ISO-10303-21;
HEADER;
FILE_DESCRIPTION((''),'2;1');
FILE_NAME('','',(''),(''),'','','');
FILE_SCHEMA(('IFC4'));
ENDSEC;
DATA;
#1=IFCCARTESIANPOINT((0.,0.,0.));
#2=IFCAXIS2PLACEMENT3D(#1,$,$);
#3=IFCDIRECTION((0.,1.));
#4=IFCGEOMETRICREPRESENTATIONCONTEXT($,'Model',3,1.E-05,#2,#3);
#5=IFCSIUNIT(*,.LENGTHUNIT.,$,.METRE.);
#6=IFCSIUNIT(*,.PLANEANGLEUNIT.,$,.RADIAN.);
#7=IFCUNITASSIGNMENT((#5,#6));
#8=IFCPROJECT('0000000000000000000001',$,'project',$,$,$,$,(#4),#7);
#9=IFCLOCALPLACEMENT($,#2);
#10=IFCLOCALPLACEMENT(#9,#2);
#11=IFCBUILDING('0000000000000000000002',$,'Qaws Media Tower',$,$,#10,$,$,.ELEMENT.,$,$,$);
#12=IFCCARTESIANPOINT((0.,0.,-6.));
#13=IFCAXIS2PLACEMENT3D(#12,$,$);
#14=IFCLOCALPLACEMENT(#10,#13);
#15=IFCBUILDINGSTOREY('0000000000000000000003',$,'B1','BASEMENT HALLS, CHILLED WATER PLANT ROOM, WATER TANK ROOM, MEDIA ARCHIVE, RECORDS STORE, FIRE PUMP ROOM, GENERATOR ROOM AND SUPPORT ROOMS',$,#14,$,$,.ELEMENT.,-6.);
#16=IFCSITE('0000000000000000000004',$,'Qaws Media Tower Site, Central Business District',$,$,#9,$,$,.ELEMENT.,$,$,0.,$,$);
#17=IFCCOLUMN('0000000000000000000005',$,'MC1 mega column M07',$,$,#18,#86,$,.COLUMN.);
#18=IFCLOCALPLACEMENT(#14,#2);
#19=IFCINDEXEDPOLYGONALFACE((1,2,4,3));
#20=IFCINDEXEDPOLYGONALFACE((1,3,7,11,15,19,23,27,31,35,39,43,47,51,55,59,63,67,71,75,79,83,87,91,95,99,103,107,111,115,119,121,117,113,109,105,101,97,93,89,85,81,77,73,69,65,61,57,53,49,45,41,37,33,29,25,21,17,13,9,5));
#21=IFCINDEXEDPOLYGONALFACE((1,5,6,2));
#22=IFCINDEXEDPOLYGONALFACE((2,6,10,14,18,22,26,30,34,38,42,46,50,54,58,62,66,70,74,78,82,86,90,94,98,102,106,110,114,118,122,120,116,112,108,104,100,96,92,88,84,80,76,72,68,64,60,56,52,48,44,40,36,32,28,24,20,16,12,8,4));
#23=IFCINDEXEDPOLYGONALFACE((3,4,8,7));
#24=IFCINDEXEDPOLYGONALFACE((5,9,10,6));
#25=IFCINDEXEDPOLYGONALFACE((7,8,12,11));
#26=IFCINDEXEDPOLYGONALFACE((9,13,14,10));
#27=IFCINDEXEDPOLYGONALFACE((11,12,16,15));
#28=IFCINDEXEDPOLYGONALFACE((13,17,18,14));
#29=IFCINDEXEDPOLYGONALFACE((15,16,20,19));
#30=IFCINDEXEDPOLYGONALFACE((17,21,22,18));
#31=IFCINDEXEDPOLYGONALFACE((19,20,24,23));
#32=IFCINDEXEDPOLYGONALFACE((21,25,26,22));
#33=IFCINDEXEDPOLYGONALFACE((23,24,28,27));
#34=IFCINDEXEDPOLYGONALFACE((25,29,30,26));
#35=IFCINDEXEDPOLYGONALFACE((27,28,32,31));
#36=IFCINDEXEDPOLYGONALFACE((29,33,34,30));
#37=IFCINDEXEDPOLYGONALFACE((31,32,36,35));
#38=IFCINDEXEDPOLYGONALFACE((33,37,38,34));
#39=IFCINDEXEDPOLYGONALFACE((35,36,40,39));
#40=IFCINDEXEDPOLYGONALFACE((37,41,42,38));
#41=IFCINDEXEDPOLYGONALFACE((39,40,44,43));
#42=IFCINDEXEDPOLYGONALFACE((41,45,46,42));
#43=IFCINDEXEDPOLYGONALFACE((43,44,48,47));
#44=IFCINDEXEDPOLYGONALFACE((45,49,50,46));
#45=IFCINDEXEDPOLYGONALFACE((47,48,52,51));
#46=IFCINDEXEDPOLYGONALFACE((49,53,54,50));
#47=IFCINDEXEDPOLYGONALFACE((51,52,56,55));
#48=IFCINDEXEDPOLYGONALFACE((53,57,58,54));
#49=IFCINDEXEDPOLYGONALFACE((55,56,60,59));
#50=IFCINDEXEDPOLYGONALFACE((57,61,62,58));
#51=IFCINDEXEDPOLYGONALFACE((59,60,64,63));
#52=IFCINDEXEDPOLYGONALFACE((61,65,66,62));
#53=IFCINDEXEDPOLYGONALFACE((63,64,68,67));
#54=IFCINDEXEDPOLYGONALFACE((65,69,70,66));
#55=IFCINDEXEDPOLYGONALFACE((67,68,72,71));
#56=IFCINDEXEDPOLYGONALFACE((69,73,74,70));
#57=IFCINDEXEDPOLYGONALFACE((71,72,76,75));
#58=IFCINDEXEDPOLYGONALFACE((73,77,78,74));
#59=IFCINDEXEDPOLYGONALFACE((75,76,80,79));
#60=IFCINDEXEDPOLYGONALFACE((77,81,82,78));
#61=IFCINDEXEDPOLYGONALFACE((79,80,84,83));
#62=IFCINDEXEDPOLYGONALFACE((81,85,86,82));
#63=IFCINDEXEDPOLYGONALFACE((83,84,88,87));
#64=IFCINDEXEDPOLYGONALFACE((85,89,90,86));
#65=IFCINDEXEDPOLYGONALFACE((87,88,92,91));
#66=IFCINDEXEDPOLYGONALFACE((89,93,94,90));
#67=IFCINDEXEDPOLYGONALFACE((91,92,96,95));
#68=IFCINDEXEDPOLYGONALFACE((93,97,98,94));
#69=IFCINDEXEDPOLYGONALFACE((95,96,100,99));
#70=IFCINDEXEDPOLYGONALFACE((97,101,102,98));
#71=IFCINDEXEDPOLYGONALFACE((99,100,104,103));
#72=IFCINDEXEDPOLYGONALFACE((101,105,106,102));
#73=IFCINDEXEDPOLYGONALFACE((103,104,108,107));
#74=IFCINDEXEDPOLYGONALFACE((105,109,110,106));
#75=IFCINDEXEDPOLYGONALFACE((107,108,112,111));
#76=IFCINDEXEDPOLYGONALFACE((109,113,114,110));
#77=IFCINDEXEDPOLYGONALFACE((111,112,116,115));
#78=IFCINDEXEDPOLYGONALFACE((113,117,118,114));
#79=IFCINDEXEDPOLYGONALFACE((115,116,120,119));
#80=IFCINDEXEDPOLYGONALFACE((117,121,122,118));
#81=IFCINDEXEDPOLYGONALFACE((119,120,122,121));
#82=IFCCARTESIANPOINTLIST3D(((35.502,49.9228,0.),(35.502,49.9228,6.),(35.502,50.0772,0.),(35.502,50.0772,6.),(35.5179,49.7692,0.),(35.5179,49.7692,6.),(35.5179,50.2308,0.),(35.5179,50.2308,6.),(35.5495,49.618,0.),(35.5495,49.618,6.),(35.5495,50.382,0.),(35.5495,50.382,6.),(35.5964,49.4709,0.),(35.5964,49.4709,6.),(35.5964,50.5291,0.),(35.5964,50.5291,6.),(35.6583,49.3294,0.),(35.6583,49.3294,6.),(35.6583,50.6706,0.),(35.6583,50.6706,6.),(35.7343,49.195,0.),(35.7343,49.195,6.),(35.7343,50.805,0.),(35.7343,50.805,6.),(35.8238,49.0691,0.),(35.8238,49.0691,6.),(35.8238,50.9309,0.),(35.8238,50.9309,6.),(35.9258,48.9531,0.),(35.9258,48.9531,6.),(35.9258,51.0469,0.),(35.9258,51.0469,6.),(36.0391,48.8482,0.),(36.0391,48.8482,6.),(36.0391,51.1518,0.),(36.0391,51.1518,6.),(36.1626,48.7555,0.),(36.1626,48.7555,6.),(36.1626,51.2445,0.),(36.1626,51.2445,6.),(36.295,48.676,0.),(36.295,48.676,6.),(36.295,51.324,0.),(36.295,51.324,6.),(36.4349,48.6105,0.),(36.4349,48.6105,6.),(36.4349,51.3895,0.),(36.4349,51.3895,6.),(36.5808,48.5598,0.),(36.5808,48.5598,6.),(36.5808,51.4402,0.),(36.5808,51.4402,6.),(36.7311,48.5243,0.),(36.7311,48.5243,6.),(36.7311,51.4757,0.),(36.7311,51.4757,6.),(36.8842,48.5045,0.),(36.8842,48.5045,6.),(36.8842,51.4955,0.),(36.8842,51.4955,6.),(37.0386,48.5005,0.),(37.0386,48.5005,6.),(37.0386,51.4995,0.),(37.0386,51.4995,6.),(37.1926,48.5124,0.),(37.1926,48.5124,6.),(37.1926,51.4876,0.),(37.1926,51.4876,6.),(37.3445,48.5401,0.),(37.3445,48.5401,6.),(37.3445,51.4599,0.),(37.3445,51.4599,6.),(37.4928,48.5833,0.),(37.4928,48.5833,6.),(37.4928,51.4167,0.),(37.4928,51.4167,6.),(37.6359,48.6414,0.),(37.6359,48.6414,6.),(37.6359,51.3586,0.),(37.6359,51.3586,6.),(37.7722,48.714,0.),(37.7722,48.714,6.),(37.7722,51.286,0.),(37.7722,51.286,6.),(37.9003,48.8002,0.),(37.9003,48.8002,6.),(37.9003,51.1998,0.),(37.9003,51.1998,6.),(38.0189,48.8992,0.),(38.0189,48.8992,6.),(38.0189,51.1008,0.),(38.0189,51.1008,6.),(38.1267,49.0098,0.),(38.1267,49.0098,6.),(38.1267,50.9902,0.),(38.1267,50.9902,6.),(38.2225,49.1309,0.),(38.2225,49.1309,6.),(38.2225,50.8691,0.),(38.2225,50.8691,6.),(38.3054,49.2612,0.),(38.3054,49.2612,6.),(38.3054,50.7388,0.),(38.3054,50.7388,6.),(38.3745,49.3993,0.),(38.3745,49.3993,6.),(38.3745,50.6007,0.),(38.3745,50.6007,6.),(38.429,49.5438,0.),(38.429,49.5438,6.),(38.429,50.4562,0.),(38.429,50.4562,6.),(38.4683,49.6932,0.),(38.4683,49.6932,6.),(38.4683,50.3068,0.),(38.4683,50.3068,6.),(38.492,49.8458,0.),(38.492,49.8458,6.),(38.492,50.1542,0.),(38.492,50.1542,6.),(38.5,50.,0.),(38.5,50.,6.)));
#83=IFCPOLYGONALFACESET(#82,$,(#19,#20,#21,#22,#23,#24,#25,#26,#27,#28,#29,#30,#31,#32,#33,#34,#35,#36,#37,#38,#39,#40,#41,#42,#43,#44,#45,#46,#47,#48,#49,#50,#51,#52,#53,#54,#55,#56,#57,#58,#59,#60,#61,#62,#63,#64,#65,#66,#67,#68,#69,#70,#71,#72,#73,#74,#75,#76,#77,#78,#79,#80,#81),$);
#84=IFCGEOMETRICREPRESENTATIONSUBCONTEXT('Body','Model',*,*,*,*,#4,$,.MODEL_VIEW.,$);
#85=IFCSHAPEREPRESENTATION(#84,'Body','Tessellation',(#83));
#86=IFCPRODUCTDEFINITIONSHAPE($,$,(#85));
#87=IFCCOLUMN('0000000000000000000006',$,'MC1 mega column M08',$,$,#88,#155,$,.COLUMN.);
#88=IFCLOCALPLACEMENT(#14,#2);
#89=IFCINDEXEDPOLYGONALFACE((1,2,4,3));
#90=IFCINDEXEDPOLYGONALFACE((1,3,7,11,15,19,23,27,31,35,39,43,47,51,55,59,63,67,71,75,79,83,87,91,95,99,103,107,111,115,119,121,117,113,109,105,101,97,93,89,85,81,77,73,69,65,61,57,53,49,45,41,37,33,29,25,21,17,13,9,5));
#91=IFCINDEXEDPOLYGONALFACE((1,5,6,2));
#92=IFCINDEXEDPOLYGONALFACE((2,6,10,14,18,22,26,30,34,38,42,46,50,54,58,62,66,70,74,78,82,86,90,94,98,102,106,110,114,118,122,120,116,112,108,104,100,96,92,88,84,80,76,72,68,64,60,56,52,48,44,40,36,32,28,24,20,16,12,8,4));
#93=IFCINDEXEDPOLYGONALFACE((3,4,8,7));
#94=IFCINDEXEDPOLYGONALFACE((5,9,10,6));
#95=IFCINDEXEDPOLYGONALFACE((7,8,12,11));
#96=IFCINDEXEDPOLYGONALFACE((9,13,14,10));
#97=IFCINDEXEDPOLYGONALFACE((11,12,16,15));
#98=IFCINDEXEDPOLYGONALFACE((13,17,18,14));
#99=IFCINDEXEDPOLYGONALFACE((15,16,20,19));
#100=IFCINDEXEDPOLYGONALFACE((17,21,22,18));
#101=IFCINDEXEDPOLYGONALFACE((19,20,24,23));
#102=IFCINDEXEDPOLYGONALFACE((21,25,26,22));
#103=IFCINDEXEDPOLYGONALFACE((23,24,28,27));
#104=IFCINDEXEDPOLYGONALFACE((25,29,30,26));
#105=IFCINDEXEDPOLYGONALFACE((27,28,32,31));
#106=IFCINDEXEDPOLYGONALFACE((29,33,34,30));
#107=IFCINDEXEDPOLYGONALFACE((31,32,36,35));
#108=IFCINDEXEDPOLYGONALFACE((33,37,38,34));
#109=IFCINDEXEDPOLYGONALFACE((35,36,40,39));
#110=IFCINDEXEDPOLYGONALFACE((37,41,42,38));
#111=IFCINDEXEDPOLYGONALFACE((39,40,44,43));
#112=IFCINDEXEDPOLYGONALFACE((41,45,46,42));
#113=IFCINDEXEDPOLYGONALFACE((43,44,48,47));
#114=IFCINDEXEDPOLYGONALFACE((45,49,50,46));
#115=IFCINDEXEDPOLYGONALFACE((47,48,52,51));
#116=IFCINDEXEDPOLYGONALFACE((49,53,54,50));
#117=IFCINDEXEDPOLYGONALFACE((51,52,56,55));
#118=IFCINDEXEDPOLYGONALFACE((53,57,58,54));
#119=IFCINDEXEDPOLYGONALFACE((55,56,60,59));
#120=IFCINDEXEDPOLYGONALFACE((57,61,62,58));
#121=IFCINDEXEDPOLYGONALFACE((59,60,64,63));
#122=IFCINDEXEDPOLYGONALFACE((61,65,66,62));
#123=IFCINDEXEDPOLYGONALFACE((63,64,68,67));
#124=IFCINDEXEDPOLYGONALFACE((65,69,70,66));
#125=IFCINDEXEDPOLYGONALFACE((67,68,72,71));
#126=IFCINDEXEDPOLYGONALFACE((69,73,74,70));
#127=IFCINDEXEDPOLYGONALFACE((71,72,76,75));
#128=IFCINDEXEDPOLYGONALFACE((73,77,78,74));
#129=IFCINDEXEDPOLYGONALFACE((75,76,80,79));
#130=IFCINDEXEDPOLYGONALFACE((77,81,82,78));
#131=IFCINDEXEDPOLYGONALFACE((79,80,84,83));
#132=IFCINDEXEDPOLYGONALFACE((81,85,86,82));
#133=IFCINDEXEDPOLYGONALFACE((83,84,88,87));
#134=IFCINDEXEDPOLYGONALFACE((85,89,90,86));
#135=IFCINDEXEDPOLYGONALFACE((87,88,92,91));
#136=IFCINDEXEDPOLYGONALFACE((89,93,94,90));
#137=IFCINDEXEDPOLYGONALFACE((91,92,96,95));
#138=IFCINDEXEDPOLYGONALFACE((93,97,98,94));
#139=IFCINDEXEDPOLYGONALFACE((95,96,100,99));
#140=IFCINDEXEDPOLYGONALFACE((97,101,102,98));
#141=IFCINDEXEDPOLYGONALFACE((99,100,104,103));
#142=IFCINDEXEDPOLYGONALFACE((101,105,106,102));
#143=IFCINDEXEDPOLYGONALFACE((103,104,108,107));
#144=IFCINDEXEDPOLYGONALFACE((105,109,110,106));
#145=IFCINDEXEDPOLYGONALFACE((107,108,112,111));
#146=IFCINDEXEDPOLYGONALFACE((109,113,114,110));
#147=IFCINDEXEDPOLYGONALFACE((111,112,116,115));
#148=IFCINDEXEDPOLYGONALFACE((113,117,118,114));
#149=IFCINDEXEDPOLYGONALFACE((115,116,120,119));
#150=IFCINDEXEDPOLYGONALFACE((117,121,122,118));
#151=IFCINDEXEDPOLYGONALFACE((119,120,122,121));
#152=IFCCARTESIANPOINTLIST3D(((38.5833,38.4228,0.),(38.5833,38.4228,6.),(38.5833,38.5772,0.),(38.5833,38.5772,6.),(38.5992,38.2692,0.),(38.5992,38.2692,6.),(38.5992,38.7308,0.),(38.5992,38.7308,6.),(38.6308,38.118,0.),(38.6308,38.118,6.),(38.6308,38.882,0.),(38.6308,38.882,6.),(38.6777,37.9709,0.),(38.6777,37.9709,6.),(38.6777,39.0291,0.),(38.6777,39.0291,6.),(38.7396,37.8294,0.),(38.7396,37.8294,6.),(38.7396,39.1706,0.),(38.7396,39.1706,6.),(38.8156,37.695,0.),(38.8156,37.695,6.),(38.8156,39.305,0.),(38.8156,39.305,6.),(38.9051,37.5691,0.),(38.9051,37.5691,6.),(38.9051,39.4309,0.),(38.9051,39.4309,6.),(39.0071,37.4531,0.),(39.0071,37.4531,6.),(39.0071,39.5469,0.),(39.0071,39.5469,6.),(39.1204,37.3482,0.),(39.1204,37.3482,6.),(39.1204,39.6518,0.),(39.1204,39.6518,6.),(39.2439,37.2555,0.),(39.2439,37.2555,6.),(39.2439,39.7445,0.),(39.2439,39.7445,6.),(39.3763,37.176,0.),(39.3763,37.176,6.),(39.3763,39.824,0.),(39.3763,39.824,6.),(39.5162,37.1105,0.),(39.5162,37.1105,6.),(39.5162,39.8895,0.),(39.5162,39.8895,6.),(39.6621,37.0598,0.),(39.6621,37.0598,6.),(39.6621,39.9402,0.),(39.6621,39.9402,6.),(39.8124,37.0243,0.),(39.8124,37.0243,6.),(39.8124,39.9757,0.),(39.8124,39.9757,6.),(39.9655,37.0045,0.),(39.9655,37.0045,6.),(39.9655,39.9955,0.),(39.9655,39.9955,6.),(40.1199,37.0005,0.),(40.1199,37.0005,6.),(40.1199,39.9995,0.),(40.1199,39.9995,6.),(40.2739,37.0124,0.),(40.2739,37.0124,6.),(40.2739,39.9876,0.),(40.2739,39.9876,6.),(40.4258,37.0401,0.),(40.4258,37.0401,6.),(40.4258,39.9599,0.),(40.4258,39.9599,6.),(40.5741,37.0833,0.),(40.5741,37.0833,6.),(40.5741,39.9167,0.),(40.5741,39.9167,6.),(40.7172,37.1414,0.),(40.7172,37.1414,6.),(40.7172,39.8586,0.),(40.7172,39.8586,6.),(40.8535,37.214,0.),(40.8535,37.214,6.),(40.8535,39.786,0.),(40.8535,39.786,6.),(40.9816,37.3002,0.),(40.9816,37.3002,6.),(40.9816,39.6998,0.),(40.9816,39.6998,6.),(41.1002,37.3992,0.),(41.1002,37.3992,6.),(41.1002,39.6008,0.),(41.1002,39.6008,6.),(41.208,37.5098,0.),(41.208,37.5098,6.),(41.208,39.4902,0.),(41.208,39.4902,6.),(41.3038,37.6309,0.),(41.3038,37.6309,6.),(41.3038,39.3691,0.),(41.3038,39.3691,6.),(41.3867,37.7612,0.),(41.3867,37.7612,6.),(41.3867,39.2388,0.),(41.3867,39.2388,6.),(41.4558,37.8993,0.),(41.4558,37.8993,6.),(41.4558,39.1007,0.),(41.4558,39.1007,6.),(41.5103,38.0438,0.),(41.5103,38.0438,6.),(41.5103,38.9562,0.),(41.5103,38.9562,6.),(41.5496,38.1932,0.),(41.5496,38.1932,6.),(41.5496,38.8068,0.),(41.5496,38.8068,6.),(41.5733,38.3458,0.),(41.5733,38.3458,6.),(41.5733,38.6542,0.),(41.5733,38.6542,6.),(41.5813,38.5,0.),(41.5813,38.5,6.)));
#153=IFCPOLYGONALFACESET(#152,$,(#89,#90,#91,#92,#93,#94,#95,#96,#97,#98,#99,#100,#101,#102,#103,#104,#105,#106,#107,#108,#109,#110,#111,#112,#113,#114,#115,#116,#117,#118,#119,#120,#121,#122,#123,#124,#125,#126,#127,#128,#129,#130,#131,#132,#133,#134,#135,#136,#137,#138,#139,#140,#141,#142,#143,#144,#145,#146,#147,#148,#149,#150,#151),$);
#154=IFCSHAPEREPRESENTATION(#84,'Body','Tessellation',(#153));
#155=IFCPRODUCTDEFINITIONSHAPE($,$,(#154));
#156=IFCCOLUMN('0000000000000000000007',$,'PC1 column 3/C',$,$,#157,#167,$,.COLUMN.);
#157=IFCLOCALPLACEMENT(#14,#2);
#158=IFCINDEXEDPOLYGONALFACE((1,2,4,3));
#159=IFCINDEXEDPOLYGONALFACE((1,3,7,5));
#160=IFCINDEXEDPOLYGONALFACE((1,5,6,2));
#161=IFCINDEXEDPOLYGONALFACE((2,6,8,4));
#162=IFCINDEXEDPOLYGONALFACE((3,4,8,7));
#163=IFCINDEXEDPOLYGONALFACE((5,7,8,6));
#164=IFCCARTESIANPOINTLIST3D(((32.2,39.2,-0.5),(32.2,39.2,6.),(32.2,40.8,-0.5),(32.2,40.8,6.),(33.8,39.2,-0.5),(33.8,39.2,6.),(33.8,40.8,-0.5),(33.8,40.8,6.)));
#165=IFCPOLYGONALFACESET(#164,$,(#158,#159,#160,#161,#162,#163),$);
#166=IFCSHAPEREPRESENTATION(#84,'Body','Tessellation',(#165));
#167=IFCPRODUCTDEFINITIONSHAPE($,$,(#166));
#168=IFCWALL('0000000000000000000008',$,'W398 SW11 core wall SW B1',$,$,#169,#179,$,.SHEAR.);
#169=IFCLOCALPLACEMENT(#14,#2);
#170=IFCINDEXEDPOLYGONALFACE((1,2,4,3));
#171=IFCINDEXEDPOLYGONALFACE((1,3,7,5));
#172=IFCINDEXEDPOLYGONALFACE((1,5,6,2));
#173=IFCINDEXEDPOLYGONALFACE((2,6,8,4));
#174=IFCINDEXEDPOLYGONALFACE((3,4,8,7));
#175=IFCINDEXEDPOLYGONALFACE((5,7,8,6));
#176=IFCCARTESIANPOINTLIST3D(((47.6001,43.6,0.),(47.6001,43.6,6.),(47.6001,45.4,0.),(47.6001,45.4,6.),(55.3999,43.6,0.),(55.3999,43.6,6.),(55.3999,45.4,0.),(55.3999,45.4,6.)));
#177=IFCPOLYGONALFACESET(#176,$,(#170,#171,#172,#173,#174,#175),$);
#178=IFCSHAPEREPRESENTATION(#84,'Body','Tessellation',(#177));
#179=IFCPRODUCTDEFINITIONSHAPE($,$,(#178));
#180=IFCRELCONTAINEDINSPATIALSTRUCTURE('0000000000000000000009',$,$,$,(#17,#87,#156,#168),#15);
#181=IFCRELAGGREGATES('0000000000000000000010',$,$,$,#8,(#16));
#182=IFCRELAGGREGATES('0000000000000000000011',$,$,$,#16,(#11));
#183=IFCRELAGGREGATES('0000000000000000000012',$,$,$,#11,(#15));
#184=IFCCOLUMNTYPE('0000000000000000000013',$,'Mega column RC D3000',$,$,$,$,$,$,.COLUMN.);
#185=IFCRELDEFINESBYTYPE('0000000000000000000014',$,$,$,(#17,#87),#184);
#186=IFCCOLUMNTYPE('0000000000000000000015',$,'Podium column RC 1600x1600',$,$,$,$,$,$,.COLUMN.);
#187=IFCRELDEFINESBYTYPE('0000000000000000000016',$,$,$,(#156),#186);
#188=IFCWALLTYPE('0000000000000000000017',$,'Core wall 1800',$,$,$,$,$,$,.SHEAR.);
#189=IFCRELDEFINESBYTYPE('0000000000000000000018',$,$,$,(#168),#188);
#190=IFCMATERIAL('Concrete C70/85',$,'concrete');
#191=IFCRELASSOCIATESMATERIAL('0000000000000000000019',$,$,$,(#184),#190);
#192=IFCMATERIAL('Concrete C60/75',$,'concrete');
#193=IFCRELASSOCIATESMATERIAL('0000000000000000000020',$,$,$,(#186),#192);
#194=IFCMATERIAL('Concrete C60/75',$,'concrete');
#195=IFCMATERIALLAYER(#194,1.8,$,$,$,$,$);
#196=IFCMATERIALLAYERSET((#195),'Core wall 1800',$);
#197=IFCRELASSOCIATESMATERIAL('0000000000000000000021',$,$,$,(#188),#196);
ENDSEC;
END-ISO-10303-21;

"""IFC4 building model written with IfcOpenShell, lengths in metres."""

from ifc_helpers import new_model, si_unit, direction, frame, frame_2d, origin, origin_2d, place, context, subcontext, project, spatial, rectangle, circle, extrude, material, layer, layer_set, material_profile, profile_set, type_object, element, save


model = new_model("IFC4")

# Units and contexts
model_context = context("Model", 3, precision=1e-05, world=origin(), true_north=direction((0.0, 1.0)))
body_context = subcontext(model_context, "Body", "Model", "MODEL_VIEW")
ifc_project = project(units=[si_unit("LENGTHUNIT", "METRE"), si_unit("PLANEANGLEUNIT", "RADIAN")], contexts=[model_context])

# Site, building, storey
site_placement = place(None, origin())
site = spatial("IfcSite", under=ifc_project, at=site_placement, Name="Qaws Media Tower Site, Central Business District", CompositionType="ELEMENT", RefElevation=0.0)
building_placement = place(site_placement, origin())
building = spatial("IfcBuilding", under=site, at=building_placement, Name="Qaws Media Tower", CompositionType="ELEMENT")
storey_placement = place(building_placement, frame((0.0, 0.0, -6.0)))
storey = spatial("IfcBuildingStorey", under=building, at=storey_placement, Name="B1", Description="BASEMENT HALLS, CHILLED WATER PLANT ROOM, WATER TANK ROOM, MEDIA ARCHIVE, RECORDS STORE, FIRE PUMP ROOM, GENERATOR ROOM AND SUPPORT ROOMS", CompositionType="ELEMENT", Elevation=-6.0)

# Columns
ifc_material_1 = material(Name="Concrete C70/85", Category="concrete")
ifc_material_profile_1 = material_profile(ifc_material_1, circle(Radius=1.5, at=origin_2d()), Name="RC D3000")
ifc_profile_set_1 = profile_set([ifc_material_profile_1], Name="Concrete C70/85")
column_type_1 = type_object("IfcColumnType", Name="Mega column RC D3000", PredefinedType="COLUMN", material=ifc_profile_set_1)
for number, where, z_axis, x_axis, name in (
    (1, (37.0, 50.0, 0.0), (0.0, 0.0, 1.0), (1.0, 0.0, 0.0), "MC1 mega column M07"),
    (2, (40.0813, 38.5, 0.0), (0.0, 0.0, 1.0), (1.0, 0.0, 0.0), "MC1 mega column M08"),
):
    element("IfcColumn", number, at=place(storey_placement, frame(where, z_axis=z_axis, x_axis=x_axis)), inside=storey, type_object=column_type_1, Name=name, PredefinedType="COLUMN", context=body_context, shape_type="SweptSolid", body=[
        extrude(circle(Radius=1.5, at=origin_2d()), origin(), (0.0, 0.0, 1.0), 6.0),
    ])
ifc_material_2 = material(Name="Concrete C60/75", Category="concrete")
ifc_material_profile_2 = material_profile(ifc_material_2, rectangle(XDim=1.6001, YDim=1.6001, at=origin_2d()), Name="RC 1600x1600")
ifc_profile_set_2 = profile_set([ifc_material_profile_2], Name="Concrete C60/75")
column_type_2 = type_object("IfcColumnType", Name="Podium column RC 1600x1600", PredefinedType="COLUMN", material=ifc_profile_set_2)
column_placement = place(storey_placement, frame((33.0, 40.0, -0.5), z_axis=(0.0, 0.0, 1.0), x_axis=(1.0, 0.0, 0.0)))
element("IfcColumn", 3, at=column_placement, inside=storey, type_object=column_type_2, Name="PC1 column 3/C", PredefinedType="COLUMN", context=body_context, shape_type="SweptSolid", body=[
    extrude(rectangle(XDim=1.6001, YDim=1.6001, at=origin_2d()), origin(), (0.0, 0.0, 1.0), 6.5),
])

# Wall
ifc_material_3 = material(Name="Concrete C60/75", Category="concrete")
ifc_layer_1 = layer(ifc_material_3, 1.8)
ifc_layer_set_1 = layer_set([ifc_layer_1], Name="Core wall 1800")
wall_type_1 = type_object("IfcWallType", Name="Core wall 1800", PredefinedType="SHEAR", material=ifc_layer_set_1)
wall_1_placement = place(storey_placement, frame((47.6001, 44.5, 0.0), z_axis=(0.0, 0.0, 1.0), x_axis=(1.0, 0.0, 0.0)))
element("IfcWall", 4, at=wall_1_placement, inside=storey, type_object=wall_type_1, Name="W398 SW11 core wall SW B1", PredefinedType="SHEAR", context=body_context, shape_type="SweptSolid", body=[
    extrude(rectangle(XDim=7.7998, YDim=1.8, at=frame_2d((3.8999, 0.0))), origin(), (0.0, 0.0, 1.0), 6.0),
])

save(model, "model.ifc")
